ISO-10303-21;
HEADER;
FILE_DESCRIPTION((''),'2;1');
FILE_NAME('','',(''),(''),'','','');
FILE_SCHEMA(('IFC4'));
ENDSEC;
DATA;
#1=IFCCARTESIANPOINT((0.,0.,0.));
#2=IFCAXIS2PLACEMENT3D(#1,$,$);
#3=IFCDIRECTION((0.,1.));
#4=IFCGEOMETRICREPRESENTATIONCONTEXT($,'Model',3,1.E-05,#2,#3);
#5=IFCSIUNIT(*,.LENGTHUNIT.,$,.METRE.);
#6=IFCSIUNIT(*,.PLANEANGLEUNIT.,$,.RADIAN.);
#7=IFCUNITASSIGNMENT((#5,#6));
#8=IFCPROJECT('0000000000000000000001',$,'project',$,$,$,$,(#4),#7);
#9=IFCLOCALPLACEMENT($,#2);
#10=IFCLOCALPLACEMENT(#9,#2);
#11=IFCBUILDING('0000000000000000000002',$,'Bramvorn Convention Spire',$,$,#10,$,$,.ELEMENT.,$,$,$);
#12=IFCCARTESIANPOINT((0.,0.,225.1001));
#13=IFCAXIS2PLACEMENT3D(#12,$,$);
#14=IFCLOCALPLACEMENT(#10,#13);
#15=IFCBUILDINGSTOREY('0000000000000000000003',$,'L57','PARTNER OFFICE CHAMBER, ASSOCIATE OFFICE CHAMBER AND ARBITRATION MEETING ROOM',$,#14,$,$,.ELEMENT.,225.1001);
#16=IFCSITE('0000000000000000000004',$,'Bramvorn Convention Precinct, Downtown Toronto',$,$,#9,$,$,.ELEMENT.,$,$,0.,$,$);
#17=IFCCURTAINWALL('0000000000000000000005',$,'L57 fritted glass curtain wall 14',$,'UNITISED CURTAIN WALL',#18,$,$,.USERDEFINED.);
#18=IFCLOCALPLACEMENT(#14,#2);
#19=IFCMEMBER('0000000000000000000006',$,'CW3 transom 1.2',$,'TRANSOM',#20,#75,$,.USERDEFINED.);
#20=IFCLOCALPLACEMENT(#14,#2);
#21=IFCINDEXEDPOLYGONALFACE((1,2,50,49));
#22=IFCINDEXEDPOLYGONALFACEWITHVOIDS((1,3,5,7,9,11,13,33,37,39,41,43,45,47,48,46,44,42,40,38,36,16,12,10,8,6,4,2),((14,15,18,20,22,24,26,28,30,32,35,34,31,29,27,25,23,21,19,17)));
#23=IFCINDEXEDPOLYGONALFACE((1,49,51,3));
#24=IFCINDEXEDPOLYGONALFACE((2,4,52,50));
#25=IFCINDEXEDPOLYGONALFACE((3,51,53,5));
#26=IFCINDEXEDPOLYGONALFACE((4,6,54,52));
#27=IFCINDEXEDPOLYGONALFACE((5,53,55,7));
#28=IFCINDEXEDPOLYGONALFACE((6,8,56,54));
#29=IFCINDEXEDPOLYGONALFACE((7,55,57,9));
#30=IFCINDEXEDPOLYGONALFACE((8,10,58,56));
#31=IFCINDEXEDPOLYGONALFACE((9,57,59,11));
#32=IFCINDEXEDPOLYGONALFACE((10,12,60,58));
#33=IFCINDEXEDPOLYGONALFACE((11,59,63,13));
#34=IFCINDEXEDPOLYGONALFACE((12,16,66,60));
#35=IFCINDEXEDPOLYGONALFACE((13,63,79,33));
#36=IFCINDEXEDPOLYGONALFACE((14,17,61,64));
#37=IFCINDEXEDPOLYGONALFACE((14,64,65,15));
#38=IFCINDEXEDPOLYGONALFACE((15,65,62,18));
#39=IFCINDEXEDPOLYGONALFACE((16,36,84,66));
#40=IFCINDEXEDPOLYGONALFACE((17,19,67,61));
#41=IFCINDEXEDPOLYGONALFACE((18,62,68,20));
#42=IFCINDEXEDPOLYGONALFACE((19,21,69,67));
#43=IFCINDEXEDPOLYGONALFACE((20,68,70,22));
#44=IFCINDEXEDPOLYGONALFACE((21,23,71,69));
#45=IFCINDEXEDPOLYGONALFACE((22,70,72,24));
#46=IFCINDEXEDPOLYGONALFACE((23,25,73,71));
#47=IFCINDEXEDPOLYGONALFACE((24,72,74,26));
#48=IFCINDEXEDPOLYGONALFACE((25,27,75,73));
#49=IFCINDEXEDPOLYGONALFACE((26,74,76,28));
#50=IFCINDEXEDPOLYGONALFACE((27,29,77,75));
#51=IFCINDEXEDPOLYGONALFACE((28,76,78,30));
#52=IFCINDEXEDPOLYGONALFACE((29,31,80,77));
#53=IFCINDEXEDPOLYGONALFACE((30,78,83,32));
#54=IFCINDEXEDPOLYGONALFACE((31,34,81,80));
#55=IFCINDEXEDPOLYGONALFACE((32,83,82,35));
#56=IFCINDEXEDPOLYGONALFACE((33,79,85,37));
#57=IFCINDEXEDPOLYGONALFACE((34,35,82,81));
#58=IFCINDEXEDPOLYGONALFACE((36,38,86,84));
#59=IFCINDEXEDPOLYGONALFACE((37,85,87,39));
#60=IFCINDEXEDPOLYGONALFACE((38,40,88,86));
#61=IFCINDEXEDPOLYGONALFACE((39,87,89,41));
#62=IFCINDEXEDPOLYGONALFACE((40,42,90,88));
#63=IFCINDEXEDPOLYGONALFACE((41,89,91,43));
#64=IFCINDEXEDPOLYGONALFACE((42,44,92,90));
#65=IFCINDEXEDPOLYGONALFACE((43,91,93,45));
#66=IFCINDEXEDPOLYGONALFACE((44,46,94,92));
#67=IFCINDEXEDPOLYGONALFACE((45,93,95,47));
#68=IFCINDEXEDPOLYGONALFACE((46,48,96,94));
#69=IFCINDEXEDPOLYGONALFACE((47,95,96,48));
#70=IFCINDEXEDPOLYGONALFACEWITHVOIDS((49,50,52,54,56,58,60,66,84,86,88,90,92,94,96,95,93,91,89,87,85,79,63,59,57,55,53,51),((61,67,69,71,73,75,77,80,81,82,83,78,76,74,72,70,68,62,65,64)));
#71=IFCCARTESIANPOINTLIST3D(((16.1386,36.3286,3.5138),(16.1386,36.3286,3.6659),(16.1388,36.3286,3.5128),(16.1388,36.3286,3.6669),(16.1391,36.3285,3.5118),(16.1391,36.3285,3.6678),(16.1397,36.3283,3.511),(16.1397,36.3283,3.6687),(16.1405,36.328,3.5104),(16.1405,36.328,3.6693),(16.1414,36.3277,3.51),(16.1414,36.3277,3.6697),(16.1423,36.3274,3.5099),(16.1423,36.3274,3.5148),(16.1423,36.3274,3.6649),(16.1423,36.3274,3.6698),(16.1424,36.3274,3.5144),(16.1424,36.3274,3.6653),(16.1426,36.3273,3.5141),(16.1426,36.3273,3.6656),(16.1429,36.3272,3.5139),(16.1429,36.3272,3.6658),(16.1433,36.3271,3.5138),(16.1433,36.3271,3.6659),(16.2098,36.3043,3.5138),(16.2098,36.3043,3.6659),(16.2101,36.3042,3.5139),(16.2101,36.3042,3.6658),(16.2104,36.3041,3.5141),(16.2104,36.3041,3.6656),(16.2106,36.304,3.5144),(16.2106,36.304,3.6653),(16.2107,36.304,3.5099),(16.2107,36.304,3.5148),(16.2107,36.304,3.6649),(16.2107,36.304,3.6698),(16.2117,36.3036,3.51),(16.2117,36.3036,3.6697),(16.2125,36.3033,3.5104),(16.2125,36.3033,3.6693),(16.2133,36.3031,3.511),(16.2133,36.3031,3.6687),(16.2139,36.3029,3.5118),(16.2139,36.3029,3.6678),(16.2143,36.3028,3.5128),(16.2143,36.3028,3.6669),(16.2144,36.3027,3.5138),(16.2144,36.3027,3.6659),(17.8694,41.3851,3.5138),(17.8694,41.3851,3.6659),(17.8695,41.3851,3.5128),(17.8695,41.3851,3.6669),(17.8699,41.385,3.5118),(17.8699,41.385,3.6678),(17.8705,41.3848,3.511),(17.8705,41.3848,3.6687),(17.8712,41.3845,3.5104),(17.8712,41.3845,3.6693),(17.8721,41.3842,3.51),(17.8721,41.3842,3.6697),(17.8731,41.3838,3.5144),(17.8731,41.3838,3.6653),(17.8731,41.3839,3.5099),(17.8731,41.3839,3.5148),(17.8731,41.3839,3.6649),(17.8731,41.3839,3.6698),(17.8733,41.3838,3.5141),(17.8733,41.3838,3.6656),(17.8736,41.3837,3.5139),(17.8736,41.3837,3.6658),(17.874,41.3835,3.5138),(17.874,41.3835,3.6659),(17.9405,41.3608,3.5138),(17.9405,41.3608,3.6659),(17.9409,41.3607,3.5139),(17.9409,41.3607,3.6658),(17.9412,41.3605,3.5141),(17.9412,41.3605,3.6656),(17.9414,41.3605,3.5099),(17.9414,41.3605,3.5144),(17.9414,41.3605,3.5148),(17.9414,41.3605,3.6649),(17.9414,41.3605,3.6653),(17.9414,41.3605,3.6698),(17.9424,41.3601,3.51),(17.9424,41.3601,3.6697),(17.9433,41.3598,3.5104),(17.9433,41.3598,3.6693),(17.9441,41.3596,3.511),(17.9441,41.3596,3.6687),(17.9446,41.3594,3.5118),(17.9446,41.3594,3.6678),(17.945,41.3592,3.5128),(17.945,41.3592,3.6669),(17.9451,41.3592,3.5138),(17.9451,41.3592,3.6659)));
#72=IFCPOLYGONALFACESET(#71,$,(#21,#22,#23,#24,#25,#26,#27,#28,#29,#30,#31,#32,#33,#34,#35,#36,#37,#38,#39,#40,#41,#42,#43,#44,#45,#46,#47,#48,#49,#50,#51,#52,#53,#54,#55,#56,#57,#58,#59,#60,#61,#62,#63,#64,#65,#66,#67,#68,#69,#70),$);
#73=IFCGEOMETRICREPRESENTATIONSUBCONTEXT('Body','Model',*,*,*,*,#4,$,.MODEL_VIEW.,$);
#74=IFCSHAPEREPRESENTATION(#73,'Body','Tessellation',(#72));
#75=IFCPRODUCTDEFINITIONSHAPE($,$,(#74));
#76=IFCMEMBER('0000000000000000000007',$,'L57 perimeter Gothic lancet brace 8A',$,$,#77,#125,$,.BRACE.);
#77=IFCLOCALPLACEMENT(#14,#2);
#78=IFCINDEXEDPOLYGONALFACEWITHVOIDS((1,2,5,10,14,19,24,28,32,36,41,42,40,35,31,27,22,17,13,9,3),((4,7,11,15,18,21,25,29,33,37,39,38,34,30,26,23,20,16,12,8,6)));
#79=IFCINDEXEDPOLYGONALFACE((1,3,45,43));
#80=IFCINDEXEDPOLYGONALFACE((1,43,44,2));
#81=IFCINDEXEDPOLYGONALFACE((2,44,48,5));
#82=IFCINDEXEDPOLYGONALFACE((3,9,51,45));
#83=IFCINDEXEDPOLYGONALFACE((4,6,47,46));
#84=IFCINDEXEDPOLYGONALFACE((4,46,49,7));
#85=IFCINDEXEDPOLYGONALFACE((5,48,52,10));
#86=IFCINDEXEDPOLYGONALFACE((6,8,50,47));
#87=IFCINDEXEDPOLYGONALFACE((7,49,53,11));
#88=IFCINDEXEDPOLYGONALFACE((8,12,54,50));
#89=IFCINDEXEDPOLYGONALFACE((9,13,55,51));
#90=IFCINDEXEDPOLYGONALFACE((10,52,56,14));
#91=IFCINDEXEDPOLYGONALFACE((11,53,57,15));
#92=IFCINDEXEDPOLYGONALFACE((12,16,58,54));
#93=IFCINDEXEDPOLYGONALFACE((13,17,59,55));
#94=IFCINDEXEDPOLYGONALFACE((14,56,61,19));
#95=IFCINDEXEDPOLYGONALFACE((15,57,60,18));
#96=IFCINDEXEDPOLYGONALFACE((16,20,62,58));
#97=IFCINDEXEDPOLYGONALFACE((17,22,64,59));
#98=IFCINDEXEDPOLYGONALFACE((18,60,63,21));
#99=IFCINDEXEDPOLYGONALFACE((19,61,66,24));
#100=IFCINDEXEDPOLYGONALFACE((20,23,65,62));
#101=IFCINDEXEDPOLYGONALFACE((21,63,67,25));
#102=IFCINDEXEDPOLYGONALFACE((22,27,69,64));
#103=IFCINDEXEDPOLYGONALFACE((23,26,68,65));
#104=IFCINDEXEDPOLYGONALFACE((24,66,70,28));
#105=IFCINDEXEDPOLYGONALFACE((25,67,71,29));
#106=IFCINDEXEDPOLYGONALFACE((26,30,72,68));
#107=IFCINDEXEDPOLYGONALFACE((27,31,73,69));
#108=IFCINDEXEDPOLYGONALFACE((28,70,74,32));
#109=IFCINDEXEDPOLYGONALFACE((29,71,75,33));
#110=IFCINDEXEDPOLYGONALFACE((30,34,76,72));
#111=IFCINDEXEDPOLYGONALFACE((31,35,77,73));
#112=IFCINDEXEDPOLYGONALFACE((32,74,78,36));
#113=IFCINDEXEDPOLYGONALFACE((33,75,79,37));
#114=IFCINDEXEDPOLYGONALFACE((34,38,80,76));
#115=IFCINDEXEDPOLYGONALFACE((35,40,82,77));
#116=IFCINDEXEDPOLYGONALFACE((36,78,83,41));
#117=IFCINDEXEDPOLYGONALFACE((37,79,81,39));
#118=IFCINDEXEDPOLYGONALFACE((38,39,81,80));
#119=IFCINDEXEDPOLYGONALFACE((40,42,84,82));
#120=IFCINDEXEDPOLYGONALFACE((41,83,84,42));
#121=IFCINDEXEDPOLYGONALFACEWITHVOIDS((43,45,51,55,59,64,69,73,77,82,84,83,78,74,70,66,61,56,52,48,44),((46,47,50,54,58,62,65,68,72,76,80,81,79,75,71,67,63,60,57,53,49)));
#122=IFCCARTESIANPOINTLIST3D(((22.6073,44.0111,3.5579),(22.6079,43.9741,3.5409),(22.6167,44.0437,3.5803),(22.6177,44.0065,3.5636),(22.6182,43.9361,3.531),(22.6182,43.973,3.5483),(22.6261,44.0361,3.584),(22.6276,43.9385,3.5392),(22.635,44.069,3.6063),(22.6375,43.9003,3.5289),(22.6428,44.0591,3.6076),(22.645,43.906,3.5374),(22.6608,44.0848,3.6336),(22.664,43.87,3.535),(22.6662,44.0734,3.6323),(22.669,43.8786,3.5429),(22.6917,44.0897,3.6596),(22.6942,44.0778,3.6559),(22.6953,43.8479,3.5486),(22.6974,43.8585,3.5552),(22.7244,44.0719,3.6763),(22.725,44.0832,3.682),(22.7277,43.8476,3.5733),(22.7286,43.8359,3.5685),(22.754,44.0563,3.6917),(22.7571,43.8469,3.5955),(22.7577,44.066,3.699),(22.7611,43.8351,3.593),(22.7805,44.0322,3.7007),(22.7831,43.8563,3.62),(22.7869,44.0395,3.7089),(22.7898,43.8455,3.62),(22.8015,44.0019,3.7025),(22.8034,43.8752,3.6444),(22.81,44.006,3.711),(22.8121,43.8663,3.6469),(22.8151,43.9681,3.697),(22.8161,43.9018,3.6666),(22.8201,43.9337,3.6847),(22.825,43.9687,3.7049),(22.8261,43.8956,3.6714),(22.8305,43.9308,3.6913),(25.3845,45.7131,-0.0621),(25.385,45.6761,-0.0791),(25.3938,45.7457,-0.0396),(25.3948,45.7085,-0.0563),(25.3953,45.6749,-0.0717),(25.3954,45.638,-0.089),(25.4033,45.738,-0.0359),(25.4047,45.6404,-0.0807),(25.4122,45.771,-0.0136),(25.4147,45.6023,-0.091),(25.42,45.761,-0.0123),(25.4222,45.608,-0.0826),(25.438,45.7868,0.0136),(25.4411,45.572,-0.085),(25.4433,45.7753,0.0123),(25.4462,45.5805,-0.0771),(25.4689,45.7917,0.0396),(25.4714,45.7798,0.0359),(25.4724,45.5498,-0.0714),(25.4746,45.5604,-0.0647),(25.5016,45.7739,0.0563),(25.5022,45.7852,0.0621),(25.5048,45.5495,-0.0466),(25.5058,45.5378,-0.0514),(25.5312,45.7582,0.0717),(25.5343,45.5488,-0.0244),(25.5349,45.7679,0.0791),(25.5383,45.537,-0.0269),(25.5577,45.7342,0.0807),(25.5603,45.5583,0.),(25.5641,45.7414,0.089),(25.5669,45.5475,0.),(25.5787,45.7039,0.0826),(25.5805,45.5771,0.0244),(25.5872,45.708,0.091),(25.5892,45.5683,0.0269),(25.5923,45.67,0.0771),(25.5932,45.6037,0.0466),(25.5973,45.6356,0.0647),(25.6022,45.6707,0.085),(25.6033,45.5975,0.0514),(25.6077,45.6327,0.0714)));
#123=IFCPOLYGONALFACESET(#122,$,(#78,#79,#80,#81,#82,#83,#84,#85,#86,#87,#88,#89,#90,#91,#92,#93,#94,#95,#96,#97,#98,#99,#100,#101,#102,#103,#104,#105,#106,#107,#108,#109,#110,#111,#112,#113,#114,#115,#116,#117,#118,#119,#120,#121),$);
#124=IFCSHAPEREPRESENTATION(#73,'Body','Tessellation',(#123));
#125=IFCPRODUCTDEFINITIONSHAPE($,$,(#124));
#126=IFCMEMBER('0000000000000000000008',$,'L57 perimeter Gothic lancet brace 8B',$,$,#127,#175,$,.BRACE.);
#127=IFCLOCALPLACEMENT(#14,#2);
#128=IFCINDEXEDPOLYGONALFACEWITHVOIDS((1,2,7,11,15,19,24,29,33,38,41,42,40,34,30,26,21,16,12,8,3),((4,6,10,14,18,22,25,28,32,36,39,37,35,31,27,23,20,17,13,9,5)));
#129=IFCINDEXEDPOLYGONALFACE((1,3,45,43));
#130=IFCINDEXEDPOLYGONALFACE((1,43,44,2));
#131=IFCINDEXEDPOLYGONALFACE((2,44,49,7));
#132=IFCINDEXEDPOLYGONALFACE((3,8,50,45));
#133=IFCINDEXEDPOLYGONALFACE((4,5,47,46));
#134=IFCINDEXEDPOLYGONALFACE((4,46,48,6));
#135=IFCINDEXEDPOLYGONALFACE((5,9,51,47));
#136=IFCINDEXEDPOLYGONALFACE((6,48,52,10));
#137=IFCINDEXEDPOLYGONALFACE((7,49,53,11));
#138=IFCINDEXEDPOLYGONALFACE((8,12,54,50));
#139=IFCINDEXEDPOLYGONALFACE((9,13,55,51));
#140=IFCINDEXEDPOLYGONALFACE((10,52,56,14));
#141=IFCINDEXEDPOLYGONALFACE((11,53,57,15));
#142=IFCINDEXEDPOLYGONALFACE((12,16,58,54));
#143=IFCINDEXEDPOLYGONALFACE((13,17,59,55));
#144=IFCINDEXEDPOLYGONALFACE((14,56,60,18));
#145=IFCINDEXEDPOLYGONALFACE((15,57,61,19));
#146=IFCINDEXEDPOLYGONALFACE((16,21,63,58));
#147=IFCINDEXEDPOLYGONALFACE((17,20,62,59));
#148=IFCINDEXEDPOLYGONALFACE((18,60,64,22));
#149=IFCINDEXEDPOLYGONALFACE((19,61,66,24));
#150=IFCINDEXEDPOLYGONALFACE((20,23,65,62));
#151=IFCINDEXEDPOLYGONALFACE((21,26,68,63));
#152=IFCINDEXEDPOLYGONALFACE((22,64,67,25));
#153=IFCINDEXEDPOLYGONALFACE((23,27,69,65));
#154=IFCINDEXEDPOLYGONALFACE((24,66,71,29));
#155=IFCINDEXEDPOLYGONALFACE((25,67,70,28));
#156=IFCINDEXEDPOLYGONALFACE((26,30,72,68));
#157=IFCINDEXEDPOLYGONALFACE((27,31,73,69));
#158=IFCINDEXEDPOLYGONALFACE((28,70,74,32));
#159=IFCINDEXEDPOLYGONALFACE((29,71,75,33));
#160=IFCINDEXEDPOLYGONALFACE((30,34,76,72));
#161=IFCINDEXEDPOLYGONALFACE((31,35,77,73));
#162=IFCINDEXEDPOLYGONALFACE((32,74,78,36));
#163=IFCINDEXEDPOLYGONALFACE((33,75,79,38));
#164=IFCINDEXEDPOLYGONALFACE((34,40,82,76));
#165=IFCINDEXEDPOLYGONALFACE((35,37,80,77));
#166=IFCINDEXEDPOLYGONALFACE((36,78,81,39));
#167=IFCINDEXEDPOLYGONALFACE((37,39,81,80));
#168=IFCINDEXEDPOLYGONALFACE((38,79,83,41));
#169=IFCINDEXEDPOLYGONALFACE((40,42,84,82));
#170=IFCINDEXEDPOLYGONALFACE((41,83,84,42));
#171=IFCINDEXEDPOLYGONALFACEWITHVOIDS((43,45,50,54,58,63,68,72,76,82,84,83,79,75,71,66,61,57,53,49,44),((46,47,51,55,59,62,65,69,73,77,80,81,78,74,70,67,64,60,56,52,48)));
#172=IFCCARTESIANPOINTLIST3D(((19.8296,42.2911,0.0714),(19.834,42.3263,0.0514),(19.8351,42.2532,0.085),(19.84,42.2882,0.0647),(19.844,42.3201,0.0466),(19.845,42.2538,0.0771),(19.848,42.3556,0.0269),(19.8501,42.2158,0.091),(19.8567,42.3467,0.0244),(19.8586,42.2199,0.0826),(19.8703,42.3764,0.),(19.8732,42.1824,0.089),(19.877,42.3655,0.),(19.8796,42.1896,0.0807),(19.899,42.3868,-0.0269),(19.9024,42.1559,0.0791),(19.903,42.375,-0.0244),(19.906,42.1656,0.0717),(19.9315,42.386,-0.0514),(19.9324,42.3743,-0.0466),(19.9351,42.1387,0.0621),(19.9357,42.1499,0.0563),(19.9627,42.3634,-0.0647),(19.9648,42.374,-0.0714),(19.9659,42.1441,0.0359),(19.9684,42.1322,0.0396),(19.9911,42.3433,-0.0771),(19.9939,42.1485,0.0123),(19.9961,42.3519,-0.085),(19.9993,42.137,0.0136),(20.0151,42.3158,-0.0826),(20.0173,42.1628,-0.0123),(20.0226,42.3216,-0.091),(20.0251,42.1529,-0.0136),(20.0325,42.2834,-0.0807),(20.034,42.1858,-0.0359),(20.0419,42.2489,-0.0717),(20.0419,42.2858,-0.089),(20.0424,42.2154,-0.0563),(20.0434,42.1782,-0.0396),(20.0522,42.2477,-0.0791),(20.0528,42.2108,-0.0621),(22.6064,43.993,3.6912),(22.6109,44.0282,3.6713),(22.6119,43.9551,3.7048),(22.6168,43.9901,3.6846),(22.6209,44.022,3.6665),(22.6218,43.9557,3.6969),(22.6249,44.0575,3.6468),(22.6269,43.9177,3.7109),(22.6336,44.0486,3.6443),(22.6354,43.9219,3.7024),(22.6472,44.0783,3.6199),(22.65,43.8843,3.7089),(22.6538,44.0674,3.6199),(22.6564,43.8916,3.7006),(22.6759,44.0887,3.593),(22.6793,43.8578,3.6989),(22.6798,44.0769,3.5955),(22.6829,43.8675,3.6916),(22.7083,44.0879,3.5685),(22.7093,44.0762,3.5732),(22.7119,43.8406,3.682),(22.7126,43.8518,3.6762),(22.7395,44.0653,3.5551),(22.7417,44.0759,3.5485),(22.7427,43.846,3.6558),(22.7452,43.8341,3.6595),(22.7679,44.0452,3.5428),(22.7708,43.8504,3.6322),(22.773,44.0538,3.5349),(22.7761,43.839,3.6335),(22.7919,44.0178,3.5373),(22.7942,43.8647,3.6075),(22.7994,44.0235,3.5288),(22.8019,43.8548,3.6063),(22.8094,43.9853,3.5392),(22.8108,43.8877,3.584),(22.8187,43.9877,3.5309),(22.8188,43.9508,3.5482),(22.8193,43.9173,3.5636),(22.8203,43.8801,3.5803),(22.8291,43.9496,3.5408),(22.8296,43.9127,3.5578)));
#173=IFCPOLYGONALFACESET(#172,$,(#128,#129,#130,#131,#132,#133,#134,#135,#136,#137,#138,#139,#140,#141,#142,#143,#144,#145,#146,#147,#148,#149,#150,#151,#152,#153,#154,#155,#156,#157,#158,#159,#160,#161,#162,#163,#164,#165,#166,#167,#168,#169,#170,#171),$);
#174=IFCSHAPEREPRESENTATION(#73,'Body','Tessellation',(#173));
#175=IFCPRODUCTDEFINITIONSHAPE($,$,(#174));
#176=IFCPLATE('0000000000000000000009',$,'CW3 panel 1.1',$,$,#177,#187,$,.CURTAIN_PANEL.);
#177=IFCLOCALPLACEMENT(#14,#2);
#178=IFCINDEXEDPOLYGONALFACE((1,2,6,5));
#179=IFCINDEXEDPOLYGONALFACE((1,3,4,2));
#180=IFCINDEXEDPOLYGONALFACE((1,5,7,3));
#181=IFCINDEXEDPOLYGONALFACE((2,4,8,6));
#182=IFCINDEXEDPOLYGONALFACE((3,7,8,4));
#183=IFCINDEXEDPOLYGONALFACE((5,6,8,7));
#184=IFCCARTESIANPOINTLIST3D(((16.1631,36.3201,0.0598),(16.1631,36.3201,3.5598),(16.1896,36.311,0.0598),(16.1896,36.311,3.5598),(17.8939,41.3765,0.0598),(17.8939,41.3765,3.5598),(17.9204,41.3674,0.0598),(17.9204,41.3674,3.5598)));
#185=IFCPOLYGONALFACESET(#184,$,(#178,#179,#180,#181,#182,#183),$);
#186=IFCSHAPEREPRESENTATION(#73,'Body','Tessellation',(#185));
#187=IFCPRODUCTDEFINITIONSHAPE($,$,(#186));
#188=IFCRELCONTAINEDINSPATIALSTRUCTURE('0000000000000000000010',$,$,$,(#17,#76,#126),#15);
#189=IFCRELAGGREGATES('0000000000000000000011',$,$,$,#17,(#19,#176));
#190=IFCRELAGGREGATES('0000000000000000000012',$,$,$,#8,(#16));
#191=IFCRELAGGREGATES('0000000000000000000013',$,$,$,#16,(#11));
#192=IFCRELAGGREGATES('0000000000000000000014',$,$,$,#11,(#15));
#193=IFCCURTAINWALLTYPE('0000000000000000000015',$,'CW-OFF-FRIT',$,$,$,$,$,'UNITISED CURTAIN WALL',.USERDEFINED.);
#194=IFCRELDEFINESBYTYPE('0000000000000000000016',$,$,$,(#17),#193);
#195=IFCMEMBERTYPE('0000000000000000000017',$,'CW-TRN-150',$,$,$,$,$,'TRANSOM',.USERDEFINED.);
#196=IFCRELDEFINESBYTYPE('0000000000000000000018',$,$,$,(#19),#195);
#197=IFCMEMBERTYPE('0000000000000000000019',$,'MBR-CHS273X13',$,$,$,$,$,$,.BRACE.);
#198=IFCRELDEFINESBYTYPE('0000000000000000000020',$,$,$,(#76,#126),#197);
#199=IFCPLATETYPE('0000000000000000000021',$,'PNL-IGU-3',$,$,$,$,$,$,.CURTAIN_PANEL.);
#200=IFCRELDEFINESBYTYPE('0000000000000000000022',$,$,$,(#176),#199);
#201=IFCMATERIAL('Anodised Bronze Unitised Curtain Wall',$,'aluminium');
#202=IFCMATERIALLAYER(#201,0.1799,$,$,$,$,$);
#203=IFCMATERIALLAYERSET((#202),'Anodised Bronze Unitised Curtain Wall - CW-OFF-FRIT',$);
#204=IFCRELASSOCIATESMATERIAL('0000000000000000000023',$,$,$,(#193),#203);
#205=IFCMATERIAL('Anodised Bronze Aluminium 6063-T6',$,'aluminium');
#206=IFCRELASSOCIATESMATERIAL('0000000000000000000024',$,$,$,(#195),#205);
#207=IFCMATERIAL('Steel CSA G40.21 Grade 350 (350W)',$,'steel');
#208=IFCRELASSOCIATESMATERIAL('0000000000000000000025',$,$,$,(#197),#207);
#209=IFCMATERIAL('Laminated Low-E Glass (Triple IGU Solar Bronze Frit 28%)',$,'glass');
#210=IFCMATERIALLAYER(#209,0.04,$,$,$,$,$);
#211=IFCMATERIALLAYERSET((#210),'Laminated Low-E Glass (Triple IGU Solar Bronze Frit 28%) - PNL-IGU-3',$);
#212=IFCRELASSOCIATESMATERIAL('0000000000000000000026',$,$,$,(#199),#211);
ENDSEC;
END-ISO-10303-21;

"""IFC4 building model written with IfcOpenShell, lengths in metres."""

from ifc_helpers import new_model, si_unit, direction, frame, origin, origin_2d, place, context, subcontext, project, spatial, rectangle, hollow_rectangle, hollow_circle, extrude, material, layer, layer_set, material_profile, profile_set, type_object, element, aggregate, save


model = new_model("IFC4")

# Units and contexts
model_context = context("Model", 3, precision=1e-05, world=origin(), true_north=direction((0.0, 1.0)))
body_context = subcontext(model_context, "Body", "Model", "MODEL_VIEW")
ifc_project = project(units=[si_unit("LENGTHUNIT", "METRE"), si_unit("PLANEANGLEUNIT", "RADIAN")], contexts=[model_context])

# Site, building, storey
site_placement = place(None, origin())
site = spatial("IfcSite", under=ifc_project, at=site_placement, Name="Bramvorn Convention Precinct, Downtown Toronto", CompositionType="ELEMENT", RefElevation=0.0)
building_placement = place(site_placement, origin())
building = spatial("IfcBuilding", under=site, at=building_placement, Name="Bramvorn Convention Spire", CompositionType="ELEMENT")
storey_placement = place(building_placement, frame((0.0, 0.0, 225.1001)))
storey = spatial("IfcBuildingStorey", under=building, at=storey_placement, Name="L57", Description="PARTNER OFFICE CHAMBER, ASSOCIATE OFFICE CHAMBER AND ARBITRATION MEETING ROOM", CompositionType="ELEMENT", Elevation=225.1001)

# Shared definitions
ifc_material_1 = material(Name="Steel CSA G40.21 Grade 350 (350W)", Category="steel")

# Curtain wall
ifc_material_2 = material(Name="Anodised Bronze Unitised Curtain Wall", Category="aluminium")
ifc_layer_1 = layer(ifc_material_2, 0.1799)
ifc_layer_set_1 = layer_set([ifc_layer_1], Name="Anodised Bronze Unitised Curtain Wall - CW-OFF-FRIT")
curtain_wall_type = type_object("IfcCurtainWallType", Name="CW-OFF-FRIT", ElementType="UNITISED CURTAIN WALL", PredefinedType="USERDEFINED", material=ifc_layer_set_1)
curtain_wall_1_placement = place(storey_placement, origin())
curtain_wall_1 = element("IfcCurtainWall", 1, at=curtain_wall_1_placement, inside=storey, type_object=curtain_wall_type, Name="L57 fritted glass curtain wall 14", ObjectType="UNITISED CURTAIN WALL", PredefinedType="USERDEFINED")
ifc_material_3 = material(Name="Anodised Bronze Aluminium 6063-T6", Category="aluminium")

# Member
ifc_material_profile_1 = material_profile(ifc_material_3, hollow_rectangle(XDim=0.0801, YDim=0.1599, WallThickness=0.0039, InnerFilletRadius=0.001, OuterFilletRadius=0.0039, at=origin_2d()))
ifc_profile_set_1 = profile_set([ifc_material_profile_1], Name="Anodised Bronze Aluminium 6063-T6 - CWT80X160")
member_type_1 = type_object("IfcMemberType", Name="CW-TRN-150", ElementType="TRANSOM", PredefinedType="USERDEFINED", material=ifc_profile_set_1)
member_1_placement = place(storey_placement, frame((16.1765, 36.3157, 3.5898), z_axis=(0.323837, 0.946113, 0.0), x_axis=(-0.946113, 0.323837, 0.0)))
member_1 = element("IfcMember", 2, at=member_1_placement, type_object=member_type_1, Name="CW3 transom 1.2", ObjectType="TRANSOM", PredefinedType="USERDEFINED", context=body_context, shape_type="SweptSolid", body=[
    extrude(hollow_rectangle(XDim=0.0801, YDim=0.1599, WallThickness=0.0039, InnerFilletRadius=0.001, OuterFilletRadius=0.0039, at=origin_2d()), origin(), (0.0, 0.0, 1.0), 5.3445),
])

# Members
ifc_material_profile_2 = material_profile(ifc_material_1, hollow_circle(Radius=0.1365, WallThickness=0.0127, at=origin_2d()))
ifc_profile_set_2 = profile_set([ifc_material_profile_2], Name="Steel CSA G40.21 Grade 350 (350W) - CHS273X13")
member_type_2 = type_object("IfcMemberType", Name="MBR-CHS273X13", PredefinedType="BRACE", material=ifc_profile_set_2)
member_2_placement = place(storey_placement, frame((25.4956, 45.6638, 0.0), z_axis=(-0.570302, -0.349501, 0.743373), x_axis=(0.52252, -0.852627, 0.0)))
element("IfcMember", 3, at=member_2_placement, inside=storey, type_object=member_type_2, Name="L57 perimeter Gothic lancet brace 8A", PredefinedType="BRACE", context=body_context, shape_type="SweptSolid", body=[
    extrude(hollow_circle(Radius=0.1365, WallThickness=0.0127, at=origin_2d()), origin(), (0.0, 0.0, 1.0), 4.8696),
])
member_3_placement = place(storey_placement, frame((19.9417, 42.26, 0.0), z_axis=(0.570269, 0.349511, 0.743395), x_axis=(-0.522553, 0.852607, 0.0)))
element("IfcMember", 4, at=member_3_placement, inside=storey, type_object=member_type_2, Name="L57 perimeter Gothic lancet brace 8B", PredefinedType="BRACE", context=body_context, shape_type="SweptSolid", body=[
    extrude(hollow_circle(Radius=0.1365, WallThickness=0.0127, at=origin_2d()), origin(), (0.0, 0.0, 1.0), 4.8694),
])

# Plate
ifc_material_4 = material(Name="Laminated Low-E Glass (Triple IGU Solar Bronze Frit 28%)", Category="glass")
ifc_layer_2 = layer(ifc_material_4, 0.04)
ifc_layer_set_2 = layer_set([ifc_layer_2], Name="Laminated Low-E Glass (Triple IGU Solar Bronze Frit 28%) - PNL-IGU-3")
plate_type = type_object("IfcPlateType", Name="PNL-IGU-3", PredefinedType="CURTAIN_PANEL", material=ifc_layer_set_2)
plate_placement = place(storey_placement, frame((17.0417, 38.8438, 0.0598), z_axis=(0.0, 0.0, 1.0), x_axis=(0.323848, 0.946109, 0.0)))
plate = element("IfcPlate", 5, at=plate_placement, type_object=plate_type, Name="CW3 panel 1.1", PredefinedType="CURTAIN_PANEL", context=body_context, shape_type="SweptSolid", body=[
    extrude(rectangle(XDim=5.3445, YDim=0.0281, at=origin_2d()), origin(), (0.0, 0.0, 1.0), 3.5),
])
aggregate(curtain_wall_1, [member_1, plate])

save(model, "model.ifc")
